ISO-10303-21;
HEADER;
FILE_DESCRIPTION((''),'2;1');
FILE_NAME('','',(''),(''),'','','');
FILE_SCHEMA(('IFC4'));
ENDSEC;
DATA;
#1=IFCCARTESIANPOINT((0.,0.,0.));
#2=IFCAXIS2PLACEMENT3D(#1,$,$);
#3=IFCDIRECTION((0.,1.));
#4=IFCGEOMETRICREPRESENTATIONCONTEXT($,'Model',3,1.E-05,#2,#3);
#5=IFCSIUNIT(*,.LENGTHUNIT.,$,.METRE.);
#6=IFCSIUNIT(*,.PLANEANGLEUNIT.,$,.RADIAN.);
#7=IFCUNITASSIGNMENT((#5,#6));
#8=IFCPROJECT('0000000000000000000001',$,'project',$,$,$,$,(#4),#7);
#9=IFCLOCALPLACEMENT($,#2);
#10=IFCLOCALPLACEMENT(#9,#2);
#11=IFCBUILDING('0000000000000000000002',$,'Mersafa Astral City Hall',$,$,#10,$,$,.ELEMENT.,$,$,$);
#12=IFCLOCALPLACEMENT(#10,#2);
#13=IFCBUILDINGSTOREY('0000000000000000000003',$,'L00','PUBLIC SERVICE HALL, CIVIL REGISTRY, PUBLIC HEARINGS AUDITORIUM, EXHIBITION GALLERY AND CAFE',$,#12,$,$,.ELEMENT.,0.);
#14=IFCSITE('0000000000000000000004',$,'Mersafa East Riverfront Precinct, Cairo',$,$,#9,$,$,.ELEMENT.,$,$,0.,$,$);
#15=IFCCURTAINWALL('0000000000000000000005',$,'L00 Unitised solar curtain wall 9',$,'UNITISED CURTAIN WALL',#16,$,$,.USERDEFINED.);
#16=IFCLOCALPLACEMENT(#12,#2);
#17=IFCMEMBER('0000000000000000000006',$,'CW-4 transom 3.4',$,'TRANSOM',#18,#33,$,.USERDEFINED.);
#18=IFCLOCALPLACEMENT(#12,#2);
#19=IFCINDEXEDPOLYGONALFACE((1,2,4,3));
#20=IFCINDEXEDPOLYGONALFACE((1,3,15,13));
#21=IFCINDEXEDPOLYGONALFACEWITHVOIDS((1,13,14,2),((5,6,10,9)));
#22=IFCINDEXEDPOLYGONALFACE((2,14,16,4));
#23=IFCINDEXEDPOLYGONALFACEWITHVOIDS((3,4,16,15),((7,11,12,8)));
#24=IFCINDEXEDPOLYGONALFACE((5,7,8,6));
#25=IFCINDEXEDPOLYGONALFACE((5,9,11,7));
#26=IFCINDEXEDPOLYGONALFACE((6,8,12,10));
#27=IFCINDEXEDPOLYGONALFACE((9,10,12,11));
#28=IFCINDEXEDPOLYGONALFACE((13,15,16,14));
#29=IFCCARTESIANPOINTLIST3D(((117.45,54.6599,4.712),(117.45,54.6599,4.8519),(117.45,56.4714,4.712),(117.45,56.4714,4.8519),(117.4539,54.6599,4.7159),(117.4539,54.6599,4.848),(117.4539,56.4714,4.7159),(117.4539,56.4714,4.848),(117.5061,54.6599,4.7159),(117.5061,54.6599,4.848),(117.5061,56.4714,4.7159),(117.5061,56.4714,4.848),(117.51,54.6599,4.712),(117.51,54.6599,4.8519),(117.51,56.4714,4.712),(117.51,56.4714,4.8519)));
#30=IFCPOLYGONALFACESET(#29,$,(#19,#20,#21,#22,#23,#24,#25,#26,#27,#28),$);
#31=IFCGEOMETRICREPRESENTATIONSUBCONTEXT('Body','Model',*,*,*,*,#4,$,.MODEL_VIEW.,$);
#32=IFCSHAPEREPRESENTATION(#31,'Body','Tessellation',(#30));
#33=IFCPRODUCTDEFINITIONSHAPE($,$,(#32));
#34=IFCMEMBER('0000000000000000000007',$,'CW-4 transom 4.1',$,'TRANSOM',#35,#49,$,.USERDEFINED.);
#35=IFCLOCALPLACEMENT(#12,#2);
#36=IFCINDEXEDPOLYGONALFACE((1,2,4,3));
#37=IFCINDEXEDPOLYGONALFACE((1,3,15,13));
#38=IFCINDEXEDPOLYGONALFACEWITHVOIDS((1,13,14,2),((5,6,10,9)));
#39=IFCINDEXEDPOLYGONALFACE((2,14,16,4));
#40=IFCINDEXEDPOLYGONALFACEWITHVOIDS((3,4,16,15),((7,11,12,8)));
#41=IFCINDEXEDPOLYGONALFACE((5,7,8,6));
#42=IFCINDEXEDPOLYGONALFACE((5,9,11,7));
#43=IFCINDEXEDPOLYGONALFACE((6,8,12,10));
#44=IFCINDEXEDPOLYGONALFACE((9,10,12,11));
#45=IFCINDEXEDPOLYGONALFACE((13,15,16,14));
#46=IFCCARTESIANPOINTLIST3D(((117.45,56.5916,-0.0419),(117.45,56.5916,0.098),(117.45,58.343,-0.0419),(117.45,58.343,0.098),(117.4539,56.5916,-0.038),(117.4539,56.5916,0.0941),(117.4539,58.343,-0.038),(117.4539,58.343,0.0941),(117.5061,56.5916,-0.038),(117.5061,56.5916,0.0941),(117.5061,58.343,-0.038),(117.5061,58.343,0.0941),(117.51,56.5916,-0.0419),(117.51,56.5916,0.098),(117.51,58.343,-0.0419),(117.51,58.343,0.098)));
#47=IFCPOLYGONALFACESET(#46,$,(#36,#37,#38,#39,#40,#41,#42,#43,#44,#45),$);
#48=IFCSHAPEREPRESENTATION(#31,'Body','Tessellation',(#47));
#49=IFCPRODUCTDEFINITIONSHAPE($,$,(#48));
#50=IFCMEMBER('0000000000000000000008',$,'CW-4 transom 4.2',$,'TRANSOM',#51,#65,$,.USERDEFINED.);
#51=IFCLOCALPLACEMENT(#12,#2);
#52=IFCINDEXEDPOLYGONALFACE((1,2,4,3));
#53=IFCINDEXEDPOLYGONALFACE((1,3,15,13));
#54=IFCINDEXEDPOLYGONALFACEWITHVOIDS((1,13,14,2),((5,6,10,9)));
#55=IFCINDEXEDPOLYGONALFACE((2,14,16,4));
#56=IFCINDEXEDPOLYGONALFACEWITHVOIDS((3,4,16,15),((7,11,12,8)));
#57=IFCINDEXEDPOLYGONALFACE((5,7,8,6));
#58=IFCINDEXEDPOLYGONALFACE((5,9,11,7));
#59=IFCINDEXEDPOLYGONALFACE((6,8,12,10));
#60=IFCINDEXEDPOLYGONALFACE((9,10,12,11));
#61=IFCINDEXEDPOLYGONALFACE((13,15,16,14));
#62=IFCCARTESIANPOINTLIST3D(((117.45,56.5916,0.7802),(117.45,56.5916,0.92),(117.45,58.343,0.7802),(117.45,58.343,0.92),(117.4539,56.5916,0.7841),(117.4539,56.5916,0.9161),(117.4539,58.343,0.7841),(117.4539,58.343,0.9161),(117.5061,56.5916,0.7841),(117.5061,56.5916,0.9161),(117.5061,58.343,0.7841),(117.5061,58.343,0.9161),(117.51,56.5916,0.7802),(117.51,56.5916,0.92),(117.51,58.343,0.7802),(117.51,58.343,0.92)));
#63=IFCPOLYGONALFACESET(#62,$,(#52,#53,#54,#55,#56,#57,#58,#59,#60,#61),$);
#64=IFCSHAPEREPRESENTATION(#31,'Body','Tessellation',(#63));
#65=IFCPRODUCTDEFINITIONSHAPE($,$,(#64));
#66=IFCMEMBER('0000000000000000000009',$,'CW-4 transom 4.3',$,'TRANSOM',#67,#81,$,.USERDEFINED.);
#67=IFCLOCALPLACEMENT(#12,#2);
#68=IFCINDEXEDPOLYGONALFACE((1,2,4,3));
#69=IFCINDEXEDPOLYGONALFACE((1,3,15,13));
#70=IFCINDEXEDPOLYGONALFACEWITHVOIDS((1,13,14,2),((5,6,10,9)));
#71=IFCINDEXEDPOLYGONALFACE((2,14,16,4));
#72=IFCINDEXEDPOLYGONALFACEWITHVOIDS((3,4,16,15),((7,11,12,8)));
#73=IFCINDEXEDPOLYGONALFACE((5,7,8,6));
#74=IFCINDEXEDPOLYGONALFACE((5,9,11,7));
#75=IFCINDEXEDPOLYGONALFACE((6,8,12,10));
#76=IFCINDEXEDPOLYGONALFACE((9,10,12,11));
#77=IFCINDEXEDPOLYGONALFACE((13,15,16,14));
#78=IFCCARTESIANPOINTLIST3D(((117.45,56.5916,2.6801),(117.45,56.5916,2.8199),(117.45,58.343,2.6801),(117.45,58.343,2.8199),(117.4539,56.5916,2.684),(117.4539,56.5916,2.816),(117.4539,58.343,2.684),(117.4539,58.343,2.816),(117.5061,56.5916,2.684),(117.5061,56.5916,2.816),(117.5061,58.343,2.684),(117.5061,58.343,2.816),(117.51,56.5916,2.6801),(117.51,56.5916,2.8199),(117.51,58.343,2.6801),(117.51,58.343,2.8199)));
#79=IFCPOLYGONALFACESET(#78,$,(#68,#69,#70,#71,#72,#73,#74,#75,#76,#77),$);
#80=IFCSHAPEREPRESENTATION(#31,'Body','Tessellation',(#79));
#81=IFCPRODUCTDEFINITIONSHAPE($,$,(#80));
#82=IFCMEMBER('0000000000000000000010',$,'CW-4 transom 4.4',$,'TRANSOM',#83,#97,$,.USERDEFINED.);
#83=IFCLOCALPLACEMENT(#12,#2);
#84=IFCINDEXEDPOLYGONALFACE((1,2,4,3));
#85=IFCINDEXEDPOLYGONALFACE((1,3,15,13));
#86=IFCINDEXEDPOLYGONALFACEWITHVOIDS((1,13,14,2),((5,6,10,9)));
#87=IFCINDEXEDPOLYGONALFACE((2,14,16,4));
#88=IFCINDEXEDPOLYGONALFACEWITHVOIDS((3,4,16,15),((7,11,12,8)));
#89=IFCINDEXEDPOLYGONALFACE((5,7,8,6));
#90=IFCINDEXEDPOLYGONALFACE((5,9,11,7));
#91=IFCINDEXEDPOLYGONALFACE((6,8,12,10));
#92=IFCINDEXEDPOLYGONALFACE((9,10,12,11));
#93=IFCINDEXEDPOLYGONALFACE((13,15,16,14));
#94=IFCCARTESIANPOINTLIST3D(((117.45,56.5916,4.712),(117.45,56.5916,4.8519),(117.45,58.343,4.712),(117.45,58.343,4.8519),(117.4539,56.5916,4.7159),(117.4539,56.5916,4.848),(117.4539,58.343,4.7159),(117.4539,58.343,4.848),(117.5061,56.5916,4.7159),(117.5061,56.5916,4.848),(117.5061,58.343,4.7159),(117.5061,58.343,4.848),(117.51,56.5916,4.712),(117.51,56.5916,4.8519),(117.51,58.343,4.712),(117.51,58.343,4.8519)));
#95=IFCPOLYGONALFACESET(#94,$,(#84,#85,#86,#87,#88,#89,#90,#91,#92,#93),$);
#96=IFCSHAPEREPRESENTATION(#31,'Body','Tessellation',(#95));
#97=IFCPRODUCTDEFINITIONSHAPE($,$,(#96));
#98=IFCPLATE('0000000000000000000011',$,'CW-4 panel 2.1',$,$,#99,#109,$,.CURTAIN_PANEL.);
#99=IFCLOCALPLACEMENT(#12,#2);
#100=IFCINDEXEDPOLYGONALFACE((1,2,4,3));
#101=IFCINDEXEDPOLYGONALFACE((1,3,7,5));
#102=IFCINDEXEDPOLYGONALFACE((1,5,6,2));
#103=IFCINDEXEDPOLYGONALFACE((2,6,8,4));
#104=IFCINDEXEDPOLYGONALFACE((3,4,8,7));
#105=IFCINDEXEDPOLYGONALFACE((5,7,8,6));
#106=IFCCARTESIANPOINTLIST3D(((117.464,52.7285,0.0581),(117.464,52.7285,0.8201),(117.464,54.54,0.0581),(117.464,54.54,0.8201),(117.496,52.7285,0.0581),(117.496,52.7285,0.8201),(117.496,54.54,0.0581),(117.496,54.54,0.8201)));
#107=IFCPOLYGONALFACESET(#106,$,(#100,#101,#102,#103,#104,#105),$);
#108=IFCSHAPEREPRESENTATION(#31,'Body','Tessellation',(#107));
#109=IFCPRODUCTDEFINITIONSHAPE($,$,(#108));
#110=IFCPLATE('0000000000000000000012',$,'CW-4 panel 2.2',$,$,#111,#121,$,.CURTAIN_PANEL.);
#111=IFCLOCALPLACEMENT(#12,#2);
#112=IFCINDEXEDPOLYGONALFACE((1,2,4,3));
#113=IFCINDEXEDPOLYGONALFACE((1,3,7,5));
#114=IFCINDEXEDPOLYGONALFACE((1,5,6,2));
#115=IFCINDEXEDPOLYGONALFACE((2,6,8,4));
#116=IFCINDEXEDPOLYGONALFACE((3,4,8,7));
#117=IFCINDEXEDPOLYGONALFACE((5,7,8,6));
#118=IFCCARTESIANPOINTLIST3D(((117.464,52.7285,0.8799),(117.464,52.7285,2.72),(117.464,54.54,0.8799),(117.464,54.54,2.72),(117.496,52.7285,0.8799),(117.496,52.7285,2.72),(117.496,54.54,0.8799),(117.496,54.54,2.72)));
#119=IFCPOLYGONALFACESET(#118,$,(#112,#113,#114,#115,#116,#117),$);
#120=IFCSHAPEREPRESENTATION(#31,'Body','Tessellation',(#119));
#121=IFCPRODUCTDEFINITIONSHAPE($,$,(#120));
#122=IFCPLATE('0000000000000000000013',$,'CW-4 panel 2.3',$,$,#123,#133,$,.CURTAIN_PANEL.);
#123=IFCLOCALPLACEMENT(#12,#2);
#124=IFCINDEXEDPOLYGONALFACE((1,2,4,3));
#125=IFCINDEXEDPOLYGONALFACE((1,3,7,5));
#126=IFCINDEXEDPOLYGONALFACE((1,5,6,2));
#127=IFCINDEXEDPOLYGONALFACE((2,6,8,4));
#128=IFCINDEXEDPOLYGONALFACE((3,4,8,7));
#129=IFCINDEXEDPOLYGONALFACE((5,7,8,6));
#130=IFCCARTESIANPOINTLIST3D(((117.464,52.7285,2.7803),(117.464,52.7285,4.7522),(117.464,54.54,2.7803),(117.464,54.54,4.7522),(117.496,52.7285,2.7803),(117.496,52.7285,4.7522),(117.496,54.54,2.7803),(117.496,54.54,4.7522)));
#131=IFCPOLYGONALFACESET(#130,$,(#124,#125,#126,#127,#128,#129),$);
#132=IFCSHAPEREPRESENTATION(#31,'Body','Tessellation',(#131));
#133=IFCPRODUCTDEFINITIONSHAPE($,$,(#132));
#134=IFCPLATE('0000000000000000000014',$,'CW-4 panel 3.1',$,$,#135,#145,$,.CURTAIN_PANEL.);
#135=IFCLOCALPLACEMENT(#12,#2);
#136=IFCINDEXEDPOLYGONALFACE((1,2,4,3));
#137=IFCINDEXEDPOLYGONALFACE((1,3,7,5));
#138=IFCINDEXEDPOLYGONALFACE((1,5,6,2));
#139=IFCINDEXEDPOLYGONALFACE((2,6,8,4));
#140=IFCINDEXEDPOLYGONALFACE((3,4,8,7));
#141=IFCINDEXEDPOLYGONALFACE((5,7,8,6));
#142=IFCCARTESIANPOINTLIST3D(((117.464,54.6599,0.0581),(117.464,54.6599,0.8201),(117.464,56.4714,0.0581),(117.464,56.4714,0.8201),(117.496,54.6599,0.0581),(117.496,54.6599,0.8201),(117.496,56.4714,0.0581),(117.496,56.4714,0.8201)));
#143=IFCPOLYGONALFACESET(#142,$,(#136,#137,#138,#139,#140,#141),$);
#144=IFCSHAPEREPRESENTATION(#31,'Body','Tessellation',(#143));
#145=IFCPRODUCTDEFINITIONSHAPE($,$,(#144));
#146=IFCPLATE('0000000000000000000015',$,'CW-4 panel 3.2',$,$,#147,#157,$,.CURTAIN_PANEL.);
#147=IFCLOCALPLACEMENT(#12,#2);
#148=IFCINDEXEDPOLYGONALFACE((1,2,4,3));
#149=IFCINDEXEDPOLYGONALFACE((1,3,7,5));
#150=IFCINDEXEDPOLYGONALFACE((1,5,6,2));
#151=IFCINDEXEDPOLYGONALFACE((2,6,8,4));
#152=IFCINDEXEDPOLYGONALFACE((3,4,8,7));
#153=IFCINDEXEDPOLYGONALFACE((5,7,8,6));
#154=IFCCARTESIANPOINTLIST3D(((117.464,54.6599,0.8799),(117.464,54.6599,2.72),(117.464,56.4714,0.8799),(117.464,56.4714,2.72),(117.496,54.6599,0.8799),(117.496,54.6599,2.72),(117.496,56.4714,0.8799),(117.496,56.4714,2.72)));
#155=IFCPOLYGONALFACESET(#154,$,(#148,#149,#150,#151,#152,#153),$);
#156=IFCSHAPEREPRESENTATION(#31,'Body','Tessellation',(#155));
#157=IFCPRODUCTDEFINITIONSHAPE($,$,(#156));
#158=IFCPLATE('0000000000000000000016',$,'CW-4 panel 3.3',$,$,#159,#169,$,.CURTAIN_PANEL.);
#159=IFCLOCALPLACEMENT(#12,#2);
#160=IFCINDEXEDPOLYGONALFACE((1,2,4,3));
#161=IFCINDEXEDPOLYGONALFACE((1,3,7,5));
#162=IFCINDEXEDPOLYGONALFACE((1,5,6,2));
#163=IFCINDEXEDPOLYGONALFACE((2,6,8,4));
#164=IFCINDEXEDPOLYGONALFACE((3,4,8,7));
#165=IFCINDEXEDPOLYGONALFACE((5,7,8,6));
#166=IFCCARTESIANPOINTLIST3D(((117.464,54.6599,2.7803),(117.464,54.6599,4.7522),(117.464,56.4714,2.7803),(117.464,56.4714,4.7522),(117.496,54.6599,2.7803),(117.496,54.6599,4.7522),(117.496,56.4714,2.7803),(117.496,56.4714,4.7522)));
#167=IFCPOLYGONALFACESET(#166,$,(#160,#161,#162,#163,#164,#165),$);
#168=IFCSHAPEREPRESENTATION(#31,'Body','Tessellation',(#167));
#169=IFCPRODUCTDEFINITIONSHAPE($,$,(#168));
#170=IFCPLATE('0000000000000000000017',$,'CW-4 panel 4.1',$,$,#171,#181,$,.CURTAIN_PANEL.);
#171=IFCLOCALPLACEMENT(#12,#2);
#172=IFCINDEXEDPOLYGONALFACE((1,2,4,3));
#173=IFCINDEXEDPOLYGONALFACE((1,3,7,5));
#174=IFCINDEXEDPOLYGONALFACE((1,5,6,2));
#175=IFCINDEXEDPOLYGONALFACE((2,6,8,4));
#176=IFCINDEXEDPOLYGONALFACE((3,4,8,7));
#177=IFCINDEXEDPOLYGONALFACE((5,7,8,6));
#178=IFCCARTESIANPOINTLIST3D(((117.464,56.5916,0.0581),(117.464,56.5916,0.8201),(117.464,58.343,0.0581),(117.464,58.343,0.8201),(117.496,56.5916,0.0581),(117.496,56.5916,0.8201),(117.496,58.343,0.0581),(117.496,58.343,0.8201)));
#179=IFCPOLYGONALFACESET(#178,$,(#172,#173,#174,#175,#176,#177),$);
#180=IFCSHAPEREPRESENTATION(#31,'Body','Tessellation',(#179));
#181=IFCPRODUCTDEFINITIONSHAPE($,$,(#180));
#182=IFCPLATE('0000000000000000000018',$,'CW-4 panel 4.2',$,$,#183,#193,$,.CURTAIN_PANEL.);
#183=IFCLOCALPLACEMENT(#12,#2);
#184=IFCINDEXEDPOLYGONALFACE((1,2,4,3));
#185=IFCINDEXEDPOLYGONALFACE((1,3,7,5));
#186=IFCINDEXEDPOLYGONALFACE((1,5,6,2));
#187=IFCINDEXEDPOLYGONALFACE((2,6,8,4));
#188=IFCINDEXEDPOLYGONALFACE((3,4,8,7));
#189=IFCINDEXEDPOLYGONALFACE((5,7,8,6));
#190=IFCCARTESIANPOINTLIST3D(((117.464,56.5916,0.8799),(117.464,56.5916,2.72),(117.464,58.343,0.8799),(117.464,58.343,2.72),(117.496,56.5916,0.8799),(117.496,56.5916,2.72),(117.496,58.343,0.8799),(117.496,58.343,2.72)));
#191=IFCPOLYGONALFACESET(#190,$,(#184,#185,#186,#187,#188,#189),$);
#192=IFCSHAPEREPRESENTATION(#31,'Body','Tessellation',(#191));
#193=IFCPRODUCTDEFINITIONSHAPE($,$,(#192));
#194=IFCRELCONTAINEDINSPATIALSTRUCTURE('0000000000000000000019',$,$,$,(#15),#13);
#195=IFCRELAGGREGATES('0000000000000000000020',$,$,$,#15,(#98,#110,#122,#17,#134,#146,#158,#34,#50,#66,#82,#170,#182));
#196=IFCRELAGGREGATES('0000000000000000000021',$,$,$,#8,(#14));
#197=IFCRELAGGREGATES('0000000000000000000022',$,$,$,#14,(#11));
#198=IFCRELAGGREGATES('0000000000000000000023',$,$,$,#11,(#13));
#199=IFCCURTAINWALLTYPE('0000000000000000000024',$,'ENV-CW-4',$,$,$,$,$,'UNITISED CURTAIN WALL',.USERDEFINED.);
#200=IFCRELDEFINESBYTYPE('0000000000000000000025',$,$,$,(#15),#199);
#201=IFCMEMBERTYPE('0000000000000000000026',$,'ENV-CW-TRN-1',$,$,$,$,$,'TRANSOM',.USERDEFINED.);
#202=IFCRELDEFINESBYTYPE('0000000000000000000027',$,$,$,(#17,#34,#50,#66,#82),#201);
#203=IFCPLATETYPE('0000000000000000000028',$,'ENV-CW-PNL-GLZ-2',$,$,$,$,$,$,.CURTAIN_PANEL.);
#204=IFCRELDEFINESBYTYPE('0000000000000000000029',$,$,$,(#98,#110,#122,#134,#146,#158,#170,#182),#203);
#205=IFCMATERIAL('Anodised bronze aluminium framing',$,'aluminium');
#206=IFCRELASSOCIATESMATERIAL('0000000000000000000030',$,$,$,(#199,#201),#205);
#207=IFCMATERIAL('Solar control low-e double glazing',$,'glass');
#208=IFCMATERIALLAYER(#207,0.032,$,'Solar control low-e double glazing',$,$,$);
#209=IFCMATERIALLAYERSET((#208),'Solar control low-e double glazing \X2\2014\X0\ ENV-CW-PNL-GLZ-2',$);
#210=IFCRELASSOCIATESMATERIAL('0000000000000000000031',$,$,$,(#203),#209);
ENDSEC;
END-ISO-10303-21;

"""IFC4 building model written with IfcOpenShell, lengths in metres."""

from ifc_helpers import new_model, si_unit, direction, frame, origin, origin_2d, place, context, subcontext, project, spatial, rectangle, hollow_rectangle, extrude, material, layer, layer_set, material_profile, profile_set, type_object, element, aggregate, save


model = new_model("IFC4")

# Units and contexts
model_context = context("Model", 3, precision=1e-05, world=origin(), true_north=direction((0.0, 1.0)))
body_context = subcontext(model_context, "Body", "Model", "MODEL_VIEW")
ifc_project = project(units=[si_unit("LENGTHUNIT", "METRE"), si_unit("PLANEANGLEUNIT", "RADIAN")], contexts=[model_context])

# Site, building, storey
site_placement = place(None, origin())
site = spatial("IfcSite", under=ifc_project, at=site_placement, Name="Mersafa East Riverfront Precinct, Cairo", CompositionType="ELEMENT", RefElevation=0.0)
building_placement = place(site_placement, origin())
building = spatial("IfcBuilding", under=site, at=building_placement, Name="Mersafa Astral City Hall", CompositionType="ELEMENT")
storey_placement = place(building_placement, origin())
storey = spatial("IfcBuildingStorey", under=building, at=storey_placement, Name="L00", Description="PUBLIC SERVICE HALL, CIVIL REGISTRY, PUBLIC HEARINGS AUDITORIUM, EXHIBITION GALLERY AND CAFE", CompositionType="ELEMENT", Elevation=0.0)

# Curtain wall, members, plates
ifc_material_1 = material(Name="Anodised bronze aluminium framing", Category="aluminium")
curtain_wall_type = type_object("IfcCurtainWallType", Name="ENV-CW-4", ElementType="UNITISED CURTAIN WALL", PredefinedType="USERDEFINED", material=ifc_material_1)
curtain_wall_placement = place(storey_placement, origin())
curtain_wall = element("IfcCurtainWall", 1, at=curtain_wall_placement, inside=storey, type_object=curtain_wall_type, Name="L00 Unitised solar curtain wall 9", ObjectType="UNITISED CURTAIN WALL", PredefinedType="USERDEFINED")
ifc_material_profile_1 = material_profile(ifc_material_1, hollow_rectangle(XDim=0.0601, YDim=0.1399, WallThickness=0.0039, at=origin_2d()), Name="RHS 60x140x4")
ifc_profile_set_1 = profile_set([ifc_material_profile_1], Name="Anodised bronze aluminium framing")
member_type_1 = type_object("IfcMemberType", Name="ENV-CW-TRN-1", ElementType="TRANSOM", PredefinedType="USERDEFINED", material=ifc_profile_set_1)
member_1_placement = place(storey_placement, frame((117.48, 54.6599, 4.782), z_axis=(0.0, 1.0, 0.0), x_axis=(-1.0, 0.0, 0.0)))
member_1 = element("IfcMember", 2, at=member_1_placement, type_object=member_type_1, Name="CW-4 transom 3.4", ObjectType="TRANSOM", PredefinedType="USERDEFINED", context=body_context, shape_type="SweptSolid", body=[
    extrude(hollow_rectangle(XDim=0.0601, YDim=0.1399, WallThickness=0.0039, at=origin_2d()), origin(), (0.0, 0.0, 1.0), 1.8115),
])
member_2_placement = place(storey_placement, frame((117.48, 56.5916, 0.0281), z_axis=(0.0, 1.0, 0.0), x_axis=(-1.0, 0.0, 0.0)))
member_2 = element("IfcMember", 3, at=member_2_placement, type_object=member_type_1, Name="CW-4 transom 4.1", ObjectType="TRANSOM", PredefinedType="USERDEFINED", context=body_context, shape_type="SweptSolid", body=[
    extrude(hollow_rectangle(XDim=0.0601, YDim=0.1399, WallThickness=0.0039, at=origin_2d()), origin(), (0.0, 0.0, 1.0), 1.7515),
])
member_3_placement = place(storey_placement, frame((117.48, 56.5916, 0.8501), z_axis=(0.0, 1.0, 0.0), x_axis=(-1.0, 0.0, 0.0)))
member_3 = element("IfcMember", 4, at=member_3_placement, type_object=member_type_1, Name="CW-4 transom 4.2", ObjectType="TRANSOM", PredefinedType="USERDEFINED", context=body_context, shape_type="SweptSolid", body=[
    extrude(hollow_rectangle(XDim=0.0601, YDim=0.1399, WallThickness=0.0039, at=origin_2d()), origin(), (0.0, 0.0, 1.0), 1.7515),
])
member_4_placement = place(storey_placement, frame((117.48, 56.5916, 2.75), z_axis=(0.0, 1.0, 0.0), x_axis=(-1.0, 0.0, 0.0)))
member_4 = element("IfcMember", 5, at=member_4_placement, type_object=member_type_1, Name="CW-4 transom 4.3", ObjectType="TRANSOM", PredefinedType="USERDEFINED", context=body_context, shape_type="SweptSolid", body=[
    extrude(hollow_rectangle(XDim=0.0601, YDim=0.1399, WallThickness=0.0039, at=origin_2d()), origin(), (0.0, 0.0, 1.0), 1.7515),
])
member_5_placement = place(storey_placement, frame((117.48, 56.5916, 4.782), z_axis=(0.0, 1.0, 0.0), x_axis=(-1.0, 0.0, 0.0)))
member_5 = element("IfcMember", 6, at=member_5_placement, type_object=member_type_1, Name="CW-4 transom 4.4", ObjectType="TRANSOM", PredefinedType="USERDEFINED", context=body_context, shape_type="SweptSolid", body=[
    extrude(hollow_rectangle(XDim=0.0601, YDim=0.1399, WallThickness=0.0039, at=origin_2d()), origin(), (0.0, 0.0, 1.0), 1.7515),
])
ifc_material_2 = material(Name="Solar control low-e double glazing", Category="glass")
ifc_layer = layer(ifc_material_2, 0.032, Name="Solar control low-e double glazing")
ifc_layer_set = layer_set([ifc_layer], Name="Solar control low-e double glazing — ENV-CW-PNL-GLZ-2")
plate_type = type_object("IfcPlateType", Name="ENV-CW-PNL-GLZ-2", PredefinedType="CURTAIN_PANEL", material=ifc_layer_set)
plate_1_placement = place(storey_placement, frame((117.48, 53.6343, 0.0581), z_axis=(0.0, 0.0, 1.0), x_axis=(0.0, 1.0, 0.0)))
plate_1 = element("IfcPlate", 7, at=plate_1_placement, type_object=plate_type, Name="CW-4 panel 2.1", PredefinedType="CURTAIN_PANEL", context=body_context, shape_type="SweptSolid", body=[
    extrude(rectangle(XDim=1.8115, YDim=0.032, at=origin_2d()), origin(), (0.0, 0.0, 1.0), 0.762),
])
plate_2_placement = place(storey_placement, frame((117.48, 53.6343, 0.8799), z_axis=(0.0, 0.0, 1.0), x_axis=(0.0, 1.0, 0.0)))
plate_2 = element("IfcPlate", 8, at=plate_2_placement, type_object=plate_type, Name="CW-4 panel 2.2", PredefinedType="CURTAIN_PANEL", context=body_context, shape_type="SweptSolid", body=[
    extrude(rectangle(XDim=1.8115, YDim=0.032, at=origin_2d()), origin(), (0.0, 0.0, 1.0), 1.8401),
])
plate_3_placement = place(storey_placement, frame((117.48, 53.6343, 2.7803), z_axis=(0.0, 0.0, 1.0), x_axis=(0.0, 1.0, 0.0)))
plate_3 = element("IfcPlate", 9, at=plate_3_placement, type_object=plate_type, Name="CW-4 panel 2.3", PredefinedType="CURTAIN_PANEL", context=body_context, shape_type="SweptSolid", body=[
    extrude(rectangle(XDim=1.8115, YDim=0.032, at=origin_2d()), origin(), (0.0, 0.0, 1.0), 1.9719),
])
plate_4_placement = place(storey_placement, frame((117.48, 55.5657, 0.0581), z_axis=(0.0, 0.0, 1.0), x_axis=(0.0, 1.0, 0.0)))
plate_4 = element("IfcPlate", 10, at=plate_4_placement, type_object=plate_type, Name="CW-4 panel 3.1", PredefinedType="CURTAIN_PANEL", context=body_context, shape_type="SweptSolid", body=[
    extrude(rectangle(XDim=1.8115, YDim=0.032, at=origin_2d()), origin(), (0.0, 0.0, 1.0), 0.762),
])
plate_5_placement = place(storey_placement, frame((117.48, 55.5657, 0.8799), z_axis=(0.0, 0.0, 1.0), x_axis=(0.0, 1.0, 0.0)))
plate_5 = element("IfcPlate", 11, at=plate_5_placement, type_object=plate_type, Name="CW-4 panel 3.2", PredefinedType="CURTAIN_PANEL", context=body_context, shape_type="SweptSolid", body=[
    extrude(rectangle(XDim=1.8115, YDim=0.032, at=origin_2d()), origin(), (0.0, 0.0, 1.0), 1.8401),
])
plate_6_placement = place(storey_placement, frame((117.48, 55.5657, 2.7803), z_axis=(0.0, 0.0, 1.0), x_axis=(0.0, 1.0, 0.0)))
plate_6 = element("IfcPlate", 12, at=plate_6_placement, type_object=plate_type, Name="CW-4 panel 3.3", PredefinedType="CURTAIN_PANEL", context=body_context, shape_type="SweptSolid", body=[
    extrude(rectangle(XDim=1.8115, YDim=0.032, at=origin_2d()), origin(), (0.0, 0.0, 1.0), 1.9719),
])
plate_7_placement = place(storey_placement, frame((117.48, 57.4673, 0.0581), z_axis=(0.0, 0.0, 1.0), x_axis=(0.0, 1.0, 0.0)))
plate_7 = element("IfcPlate", 13, at=plate_7_placement, type_object=plate_type, Name="CW-4 panel 4.1", PredefinedType="CURTAIN_PANEL", context=body_context, shape_type="SweptSolid", body=[
    extrude(rectangle(XDim=1.7515, YDim=0.032, at=origin_2d()), origin(), (0.0, 0.0, 1.0), 0.762),
])
plate_8_placement = place(storey_placement, frame((117.48, 57.4673, 0.8799), z_axis=(0.0, 0.0, 1.0), x_axis=(0.0, 1.0, 0.0)))
plate_8 = element("IfcPlate", 14, at=plate_8_placement, type_object=plate_type, Name="CW-4 panel 4.2", PredefinedType="CURTAIN_PANEL", context=body_context, shape_type="SweptSolid", body=[
    extrude(rectangle(XDim=1.7515, YDim=0.032, at=origin_2d()), origin(), (0.0, 0.0, 1.0), 1.8401),
])
aggregate(curtain_wall, [plate_1, plate_2, plate_3, member_1, plate_4, plate_5, plate_6, member_2, member_3, member_4, member_5, plate_7, plate_8])

save(model, "model.ifc")
